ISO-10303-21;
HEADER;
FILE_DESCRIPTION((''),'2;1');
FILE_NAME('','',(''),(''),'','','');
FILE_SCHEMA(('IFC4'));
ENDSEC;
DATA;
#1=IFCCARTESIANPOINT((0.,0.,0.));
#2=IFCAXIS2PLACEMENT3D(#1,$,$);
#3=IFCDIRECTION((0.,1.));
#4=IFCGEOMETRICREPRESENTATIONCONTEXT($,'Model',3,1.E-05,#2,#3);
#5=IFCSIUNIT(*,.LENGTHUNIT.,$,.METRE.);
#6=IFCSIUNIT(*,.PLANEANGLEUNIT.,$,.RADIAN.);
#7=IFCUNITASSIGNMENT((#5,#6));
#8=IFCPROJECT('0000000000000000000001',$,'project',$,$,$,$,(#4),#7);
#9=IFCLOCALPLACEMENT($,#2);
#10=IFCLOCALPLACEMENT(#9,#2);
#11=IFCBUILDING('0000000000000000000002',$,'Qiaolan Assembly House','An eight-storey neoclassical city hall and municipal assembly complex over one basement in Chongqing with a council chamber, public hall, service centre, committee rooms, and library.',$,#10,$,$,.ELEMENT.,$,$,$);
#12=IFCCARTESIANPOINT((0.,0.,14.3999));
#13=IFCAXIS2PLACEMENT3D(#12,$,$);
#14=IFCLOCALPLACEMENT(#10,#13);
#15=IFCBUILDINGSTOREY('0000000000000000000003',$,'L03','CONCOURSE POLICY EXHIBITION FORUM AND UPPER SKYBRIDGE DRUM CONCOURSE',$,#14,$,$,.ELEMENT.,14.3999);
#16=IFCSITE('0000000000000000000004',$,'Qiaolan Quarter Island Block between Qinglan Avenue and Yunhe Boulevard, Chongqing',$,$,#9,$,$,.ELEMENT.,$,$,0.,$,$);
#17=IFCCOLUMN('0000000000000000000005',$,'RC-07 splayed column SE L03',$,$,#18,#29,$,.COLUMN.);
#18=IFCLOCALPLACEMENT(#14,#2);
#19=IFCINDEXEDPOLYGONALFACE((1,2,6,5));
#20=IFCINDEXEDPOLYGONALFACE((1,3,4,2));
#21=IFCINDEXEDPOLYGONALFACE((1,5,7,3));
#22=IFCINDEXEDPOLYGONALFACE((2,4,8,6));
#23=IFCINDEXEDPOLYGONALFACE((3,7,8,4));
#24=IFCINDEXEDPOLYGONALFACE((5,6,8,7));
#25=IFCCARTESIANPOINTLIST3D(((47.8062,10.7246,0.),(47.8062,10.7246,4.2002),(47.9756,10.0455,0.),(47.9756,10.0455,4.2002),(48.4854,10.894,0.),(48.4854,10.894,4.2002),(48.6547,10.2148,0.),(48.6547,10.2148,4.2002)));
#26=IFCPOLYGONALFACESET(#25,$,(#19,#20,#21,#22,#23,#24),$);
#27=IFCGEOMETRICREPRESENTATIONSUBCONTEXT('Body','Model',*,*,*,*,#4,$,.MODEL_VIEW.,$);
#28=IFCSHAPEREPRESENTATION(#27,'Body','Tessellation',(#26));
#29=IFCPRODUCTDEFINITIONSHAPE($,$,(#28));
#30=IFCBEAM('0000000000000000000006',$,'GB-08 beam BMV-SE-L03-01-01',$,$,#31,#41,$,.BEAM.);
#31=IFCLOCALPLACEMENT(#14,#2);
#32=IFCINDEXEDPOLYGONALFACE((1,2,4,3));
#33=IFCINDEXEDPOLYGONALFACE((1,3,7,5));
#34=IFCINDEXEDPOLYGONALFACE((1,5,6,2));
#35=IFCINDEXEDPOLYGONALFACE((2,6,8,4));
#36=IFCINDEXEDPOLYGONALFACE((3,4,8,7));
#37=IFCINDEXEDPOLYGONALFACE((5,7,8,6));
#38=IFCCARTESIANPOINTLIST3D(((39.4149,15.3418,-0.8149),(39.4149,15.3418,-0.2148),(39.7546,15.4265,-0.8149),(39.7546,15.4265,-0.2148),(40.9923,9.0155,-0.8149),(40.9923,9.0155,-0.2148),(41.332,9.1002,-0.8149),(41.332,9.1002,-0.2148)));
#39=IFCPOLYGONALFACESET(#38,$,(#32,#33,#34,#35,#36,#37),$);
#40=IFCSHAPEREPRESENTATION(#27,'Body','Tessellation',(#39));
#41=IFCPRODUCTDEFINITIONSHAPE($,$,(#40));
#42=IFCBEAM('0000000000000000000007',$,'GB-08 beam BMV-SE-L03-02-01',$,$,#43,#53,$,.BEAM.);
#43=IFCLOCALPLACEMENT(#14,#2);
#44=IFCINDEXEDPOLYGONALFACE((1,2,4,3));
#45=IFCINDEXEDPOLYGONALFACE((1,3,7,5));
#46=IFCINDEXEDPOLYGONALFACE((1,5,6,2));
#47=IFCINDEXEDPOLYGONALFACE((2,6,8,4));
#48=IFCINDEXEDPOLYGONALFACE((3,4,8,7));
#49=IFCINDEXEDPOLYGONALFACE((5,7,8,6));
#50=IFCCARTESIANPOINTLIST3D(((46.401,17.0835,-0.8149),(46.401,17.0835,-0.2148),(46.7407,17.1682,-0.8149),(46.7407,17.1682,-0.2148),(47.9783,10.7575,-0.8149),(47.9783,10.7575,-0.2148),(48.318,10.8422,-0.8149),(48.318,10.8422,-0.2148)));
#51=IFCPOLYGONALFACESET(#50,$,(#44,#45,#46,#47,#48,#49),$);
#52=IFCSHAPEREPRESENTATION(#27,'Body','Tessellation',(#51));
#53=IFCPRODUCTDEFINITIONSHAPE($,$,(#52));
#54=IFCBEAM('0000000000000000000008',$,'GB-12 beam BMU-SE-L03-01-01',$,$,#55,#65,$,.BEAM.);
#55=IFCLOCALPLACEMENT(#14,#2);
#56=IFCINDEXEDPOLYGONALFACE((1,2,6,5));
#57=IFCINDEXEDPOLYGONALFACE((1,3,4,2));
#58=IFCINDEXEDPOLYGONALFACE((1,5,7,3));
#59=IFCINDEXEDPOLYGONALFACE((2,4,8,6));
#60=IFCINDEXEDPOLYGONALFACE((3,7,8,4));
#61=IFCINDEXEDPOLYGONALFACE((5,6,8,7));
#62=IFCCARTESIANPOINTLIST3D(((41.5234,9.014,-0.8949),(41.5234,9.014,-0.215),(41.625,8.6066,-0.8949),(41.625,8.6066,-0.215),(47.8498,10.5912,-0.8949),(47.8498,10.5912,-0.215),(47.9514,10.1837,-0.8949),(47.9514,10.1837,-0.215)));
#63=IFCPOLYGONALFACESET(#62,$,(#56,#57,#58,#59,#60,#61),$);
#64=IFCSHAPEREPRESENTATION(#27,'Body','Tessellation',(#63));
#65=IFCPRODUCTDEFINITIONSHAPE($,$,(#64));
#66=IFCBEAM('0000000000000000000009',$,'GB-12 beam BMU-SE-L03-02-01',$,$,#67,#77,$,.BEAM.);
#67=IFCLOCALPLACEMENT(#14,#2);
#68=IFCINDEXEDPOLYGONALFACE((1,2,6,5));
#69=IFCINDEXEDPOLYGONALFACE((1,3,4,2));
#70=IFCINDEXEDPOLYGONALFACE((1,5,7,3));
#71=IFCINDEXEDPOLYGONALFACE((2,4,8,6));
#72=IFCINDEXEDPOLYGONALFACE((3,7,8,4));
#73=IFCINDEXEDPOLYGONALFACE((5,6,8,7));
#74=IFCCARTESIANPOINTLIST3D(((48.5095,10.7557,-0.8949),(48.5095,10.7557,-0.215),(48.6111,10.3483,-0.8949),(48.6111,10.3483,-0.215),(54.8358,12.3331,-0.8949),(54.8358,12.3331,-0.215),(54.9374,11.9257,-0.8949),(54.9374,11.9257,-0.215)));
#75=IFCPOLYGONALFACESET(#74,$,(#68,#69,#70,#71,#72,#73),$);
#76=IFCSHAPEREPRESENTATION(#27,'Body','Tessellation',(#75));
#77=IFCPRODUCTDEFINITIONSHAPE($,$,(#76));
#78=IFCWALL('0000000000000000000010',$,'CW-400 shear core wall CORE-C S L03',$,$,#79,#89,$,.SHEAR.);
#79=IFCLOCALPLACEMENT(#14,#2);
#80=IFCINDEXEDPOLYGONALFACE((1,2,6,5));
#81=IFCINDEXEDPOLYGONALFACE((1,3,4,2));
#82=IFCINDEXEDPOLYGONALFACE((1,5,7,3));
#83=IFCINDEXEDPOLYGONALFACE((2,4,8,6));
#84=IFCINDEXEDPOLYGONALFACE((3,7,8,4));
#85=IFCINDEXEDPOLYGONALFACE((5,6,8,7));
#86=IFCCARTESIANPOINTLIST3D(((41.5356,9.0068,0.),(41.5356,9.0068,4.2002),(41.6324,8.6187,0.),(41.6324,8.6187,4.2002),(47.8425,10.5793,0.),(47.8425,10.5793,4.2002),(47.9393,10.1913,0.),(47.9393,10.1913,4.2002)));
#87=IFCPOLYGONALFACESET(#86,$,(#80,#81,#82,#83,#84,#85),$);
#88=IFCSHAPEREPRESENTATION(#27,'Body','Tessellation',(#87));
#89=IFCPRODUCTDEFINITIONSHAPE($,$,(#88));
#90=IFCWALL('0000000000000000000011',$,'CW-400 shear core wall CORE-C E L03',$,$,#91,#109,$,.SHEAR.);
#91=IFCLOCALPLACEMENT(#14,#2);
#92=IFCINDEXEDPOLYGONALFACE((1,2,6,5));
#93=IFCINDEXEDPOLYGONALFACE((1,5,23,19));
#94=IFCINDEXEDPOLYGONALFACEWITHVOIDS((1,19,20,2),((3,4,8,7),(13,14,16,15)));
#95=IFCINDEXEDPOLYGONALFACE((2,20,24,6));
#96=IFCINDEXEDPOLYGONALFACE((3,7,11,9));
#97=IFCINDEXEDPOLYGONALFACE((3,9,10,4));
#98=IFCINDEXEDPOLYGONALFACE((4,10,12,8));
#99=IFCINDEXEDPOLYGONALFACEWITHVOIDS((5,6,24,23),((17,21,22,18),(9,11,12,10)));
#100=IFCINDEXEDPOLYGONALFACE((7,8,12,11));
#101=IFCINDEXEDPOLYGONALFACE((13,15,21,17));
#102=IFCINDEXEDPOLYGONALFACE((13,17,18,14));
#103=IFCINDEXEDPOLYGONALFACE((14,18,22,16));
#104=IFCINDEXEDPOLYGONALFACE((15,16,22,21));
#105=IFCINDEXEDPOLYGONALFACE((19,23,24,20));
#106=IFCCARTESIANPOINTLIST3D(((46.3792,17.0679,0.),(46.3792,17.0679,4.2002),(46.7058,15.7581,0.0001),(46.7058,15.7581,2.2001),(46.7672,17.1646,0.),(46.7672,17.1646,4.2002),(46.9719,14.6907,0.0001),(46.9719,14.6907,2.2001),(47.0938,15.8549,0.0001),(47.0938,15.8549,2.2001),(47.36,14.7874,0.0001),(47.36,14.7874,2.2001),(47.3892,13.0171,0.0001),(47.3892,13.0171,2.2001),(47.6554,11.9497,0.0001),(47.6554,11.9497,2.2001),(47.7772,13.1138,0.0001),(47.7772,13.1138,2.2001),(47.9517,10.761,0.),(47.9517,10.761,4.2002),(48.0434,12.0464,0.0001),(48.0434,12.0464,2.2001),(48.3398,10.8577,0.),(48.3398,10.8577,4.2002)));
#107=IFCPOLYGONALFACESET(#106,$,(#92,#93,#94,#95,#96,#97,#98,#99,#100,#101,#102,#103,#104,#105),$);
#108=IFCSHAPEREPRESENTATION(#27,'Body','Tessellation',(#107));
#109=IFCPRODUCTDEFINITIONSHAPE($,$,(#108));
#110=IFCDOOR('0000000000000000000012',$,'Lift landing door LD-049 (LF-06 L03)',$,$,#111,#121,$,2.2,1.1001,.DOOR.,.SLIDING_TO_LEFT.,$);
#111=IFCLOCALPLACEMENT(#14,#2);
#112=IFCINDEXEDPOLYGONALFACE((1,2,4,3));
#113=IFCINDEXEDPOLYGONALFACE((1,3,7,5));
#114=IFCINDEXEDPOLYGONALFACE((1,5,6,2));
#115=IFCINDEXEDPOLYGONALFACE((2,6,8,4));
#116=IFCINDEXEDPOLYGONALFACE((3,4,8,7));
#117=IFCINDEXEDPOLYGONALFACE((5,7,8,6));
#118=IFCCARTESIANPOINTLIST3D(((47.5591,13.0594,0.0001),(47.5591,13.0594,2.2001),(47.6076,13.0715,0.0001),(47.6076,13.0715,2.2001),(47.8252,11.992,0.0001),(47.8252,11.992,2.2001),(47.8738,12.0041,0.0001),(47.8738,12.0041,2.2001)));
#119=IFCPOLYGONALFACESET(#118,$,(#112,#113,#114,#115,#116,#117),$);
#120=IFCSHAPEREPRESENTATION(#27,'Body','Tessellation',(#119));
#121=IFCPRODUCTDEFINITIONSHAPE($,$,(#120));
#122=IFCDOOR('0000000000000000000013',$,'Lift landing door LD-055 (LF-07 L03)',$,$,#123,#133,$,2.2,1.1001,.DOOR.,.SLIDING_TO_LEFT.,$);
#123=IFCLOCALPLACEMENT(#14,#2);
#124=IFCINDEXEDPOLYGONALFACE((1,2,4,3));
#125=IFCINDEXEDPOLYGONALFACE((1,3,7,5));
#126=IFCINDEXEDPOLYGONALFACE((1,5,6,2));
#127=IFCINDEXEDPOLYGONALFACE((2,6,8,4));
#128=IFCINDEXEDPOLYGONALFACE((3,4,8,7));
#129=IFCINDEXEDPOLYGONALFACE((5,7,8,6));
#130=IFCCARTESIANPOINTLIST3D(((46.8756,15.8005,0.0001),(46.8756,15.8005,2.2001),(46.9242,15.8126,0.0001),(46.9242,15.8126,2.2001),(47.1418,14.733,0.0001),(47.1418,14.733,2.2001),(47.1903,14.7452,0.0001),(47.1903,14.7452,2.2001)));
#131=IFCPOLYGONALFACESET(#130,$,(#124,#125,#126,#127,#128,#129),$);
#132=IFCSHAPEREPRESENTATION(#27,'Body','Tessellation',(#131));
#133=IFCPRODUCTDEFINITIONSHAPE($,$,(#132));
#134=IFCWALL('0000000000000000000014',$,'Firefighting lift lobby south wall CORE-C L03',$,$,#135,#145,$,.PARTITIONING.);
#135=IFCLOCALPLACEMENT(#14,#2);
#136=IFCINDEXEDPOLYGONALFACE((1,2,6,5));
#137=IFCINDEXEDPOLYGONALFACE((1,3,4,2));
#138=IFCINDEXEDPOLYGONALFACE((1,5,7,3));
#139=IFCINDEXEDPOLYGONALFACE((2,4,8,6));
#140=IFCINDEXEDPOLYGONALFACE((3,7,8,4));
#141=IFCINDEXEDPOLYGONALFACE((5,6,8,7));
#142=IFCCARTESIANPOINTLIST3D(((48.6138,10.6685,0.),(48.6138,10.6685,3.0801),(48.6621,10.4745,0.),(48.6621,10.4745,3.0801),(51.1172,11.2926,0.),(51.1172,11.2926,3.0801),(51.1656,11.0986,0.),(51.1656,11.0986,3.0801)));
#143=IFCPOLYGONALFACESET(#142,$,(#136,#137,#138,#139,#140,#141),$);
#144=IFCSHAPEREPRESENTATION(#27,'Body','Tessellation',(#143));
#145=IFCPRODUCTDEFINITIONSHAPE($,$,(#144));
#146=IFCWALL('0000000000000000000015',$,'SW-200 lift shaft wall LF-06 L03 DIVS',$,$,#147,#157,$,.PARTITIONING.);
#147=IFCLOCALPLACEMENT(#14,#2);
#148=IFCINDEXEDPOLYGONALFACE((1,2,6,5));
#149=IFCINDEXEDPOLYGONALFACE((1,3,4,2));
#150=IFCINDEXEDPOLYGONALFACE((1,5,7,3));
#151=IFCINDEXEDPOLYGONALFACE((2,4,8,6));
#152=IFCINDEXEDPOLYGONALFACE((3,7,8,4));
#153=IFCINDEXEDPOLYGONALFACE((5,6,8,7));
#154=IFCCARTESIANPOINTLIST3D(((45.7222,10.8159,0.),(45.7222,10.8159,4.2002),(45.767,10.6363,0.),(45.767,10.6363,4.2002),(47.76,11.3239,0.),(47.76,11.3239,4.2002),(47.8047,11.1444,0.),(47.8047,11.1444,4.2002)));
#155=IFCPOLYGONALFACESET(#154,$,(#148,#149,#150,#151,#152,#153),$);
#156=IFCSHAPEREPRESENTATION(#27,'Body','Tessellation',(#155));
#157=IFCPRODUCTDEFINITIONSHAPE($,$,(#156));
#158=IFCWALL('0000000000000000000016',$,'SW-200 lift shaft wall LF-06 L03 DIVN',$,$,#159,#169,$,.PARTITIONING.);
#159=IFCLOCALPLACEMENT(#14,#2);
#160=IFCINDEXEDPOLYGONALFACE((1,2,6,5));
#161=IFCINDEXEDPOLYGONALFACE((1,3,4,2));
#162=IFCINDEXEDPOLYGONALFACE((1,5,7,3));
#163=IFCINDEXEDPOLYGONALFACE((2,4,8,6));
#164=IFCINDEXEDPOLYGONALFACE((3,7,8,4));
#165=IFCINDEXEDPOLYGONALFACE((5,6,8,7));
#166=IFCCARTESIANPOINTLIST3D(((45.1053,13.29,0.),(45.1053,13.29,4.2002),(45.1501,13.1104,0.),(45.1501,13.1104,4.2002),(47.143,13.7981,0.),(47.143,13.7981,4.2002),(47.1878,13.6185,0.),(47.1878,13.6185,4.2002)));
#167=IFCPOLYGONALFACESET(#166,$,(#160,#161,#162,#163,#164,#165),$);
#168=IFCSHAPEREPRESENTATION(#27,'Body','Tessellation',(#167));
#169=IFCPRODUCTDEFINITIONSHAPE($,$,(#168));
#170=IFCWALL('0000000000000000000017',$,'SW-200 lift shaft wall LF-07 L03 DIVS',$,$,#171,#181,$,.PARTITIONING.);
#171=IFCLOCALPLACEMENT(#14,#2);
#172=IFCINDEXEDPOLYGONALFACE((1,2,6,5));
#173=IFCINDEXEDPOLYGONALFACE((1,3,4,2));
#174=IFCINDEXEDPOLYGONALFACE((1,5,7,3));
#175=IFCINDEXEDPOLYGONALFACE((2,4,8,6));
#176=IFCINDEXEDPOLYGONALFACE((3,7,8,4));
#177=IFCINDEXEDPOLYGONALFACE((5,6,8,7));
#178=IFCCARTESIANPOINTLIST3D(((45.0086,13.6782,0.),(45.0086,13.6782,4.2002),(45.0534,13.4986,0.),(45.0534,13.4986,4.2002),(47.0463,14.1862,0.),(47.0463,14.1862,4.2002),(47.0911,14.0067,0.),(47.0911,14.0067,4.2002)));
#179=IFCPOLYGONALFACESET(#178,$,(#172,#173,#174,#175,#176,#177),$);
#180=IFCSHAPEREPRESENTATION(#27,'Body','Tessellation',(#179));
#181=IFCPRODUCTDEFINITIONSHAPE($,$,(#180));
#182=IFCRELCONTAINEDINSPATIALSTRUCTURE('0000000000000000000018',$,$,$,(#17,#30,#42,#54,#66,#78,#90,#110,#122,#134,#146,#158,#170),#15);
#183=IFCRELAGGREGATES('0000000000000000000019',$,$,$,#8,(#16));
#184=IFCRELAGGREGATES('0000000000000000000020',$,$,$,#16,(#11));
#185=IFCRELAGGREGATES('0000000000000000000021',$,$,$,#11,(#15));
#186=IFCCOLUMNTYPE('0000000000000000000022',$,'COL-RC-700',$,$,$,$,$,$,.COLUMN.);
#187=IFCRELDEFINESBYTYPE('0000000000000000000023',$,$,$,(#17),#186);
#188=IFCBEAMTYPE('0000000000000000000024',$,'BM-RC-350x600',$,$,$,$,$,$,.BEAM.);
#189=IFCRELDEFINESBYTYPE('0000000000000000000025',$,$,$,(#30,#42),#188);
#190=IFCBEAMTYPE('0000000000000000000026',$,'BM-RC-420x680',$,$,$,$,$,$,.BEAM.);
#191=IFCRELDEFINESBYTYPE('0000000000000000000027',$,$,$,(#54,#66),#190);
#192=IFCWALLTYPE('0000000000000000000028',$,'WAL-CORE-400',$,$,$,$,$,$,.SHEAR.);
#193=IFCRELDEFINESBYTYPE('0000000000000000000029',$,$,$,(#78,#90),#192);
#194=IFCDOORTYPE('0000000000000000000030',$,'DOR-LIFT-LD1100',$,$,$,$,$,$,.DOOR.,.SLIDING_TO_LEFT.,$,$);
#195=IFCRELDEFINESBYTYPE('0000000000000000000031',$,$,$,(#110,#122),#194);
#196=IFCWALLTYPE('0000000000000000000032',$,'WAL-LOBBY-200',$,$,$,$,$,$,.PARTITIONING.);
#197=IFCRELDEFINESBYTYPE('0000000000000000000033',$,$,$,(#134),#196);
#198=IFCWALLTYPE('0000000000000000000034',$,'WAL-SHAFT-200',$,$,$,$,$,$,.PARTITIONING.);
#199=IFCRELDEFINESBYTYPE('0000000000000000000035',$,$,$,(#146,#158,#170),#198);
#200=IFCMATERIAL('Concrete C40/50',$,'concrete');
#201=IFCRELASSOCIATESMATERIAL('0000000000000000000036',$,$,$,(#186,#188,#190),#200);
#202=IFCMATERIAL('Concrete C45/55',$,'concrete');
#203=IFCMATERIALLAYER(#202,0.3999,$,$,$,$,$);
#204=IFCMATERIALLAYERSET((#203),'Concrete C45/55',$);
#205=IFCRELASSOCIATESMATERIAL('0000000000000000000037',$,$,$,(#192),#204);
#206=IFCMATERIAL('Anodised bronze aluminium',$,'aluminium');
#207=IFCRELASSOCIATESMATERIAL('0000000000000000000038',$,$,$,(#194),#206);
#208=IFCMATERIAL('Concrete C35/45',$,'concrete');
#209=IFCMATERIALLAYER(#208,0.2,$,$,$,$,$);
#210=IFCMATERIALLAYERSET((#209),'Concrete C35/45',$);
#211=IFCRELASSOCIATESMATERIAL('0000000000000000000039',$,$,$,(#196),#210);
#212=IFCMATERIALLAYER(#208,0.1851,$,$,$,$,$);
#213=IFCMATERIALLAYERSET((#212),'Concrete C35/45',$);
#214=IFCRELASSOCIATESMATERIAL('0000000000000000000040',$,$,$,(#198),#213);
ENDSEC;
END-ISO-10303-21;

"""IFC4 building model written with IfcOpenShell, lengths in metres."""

from ifc_helpers import new_model, si_unit, direction, frame, frame_2d, origin, origin_2d, place, context, subcontext, project, spatial, rectangle, extrude, material, layer, layer_set, material_profile, profile_set, type_object, element, fill, save


model = new_model("IFC4")

# Units and contexts
model_context = context("Model", 3, precision=1e-05, world=origin(), true_north=direction((0.0, 1.0)))
body_context = subcontext(model_context, "Body", "Model", "MODEL_VIEW")
ifc_project = project(units=[si_unit("LENGTHUNIT", "METRE"), si_unit("PLANEANGLEUNIT", "RADIAN")], contexts=[model_context])

# Site, building, storey
site_placement = place(None, origin())
site = spatial("IfcSite", under=ifc_project, at=site_placement, Name="Qiaolan Quarter Island Block between Qinglan Avenue and Yunhe Boulevard, Chongqing", CompositionType="ELEMENT", RefElevation=0.0)
building_placement = place(site_placement, origin())
building = spatial("IfcBuilding", under=site, at=building_placement, Name="Qiaolan Assembly House", Description="An eight-storey neoclassical city hall and municipal assembly complex over one basement in Chongqing with a council chamber, public hall, service centre, committee rooms, and library.", CompositionType="ELEMENT")
storey_placement = place(building_placement, frame((0.0, 0.0, 14.3999)))
storey = spatial("IfcBuildingStorey", under=building, at=storey_placement, Name="L03", Description="CONCOURSE POLICY EXHIBITION FORUM AND UPPER SKYBRIDGE DRUM CONCOURSE", CompositionType="ELEMENT", Elevation=14.3999)

# Column
ifc_material_1 = material(Name="Concrete C40/50", Category="concrete")
ifc_material_profile_1 = material_profile(ifc_material_1, rectangle(XDim=0.7, YDim=0.7, at=origin_2d()), Name="RC 700x700")
ifc_profile_set_1 = profile_set([ifc_material_profile_1], Name="Concrete C40/50")
column_type = type_object("IfcColumnType", Name="COL-RC-700", PredefinedType="COLUMN", material=ifc_profile_set_1)
column_placement = place(storey_placement, frame((48.2305, 10.4697, 0.0), z_axis=(0.0, 0.0, 1.0), x_axis=(0.970296, 0.241922, 0.0)))
element("IfcColumn", 1, at=column_placement, inside=storey, type_object=column_type, Name="RC-07 splayed column SE L03", PredefinedType="COLUMN", context=body_context, shape_type="SweptSolid", body=[
    extrude(rectangle(XDim=0.7, YDim=0.7, at=origin_2d()), origin(), (0.0, 0.0, 1.0), 4.2002),
])

# Beams
ifc_material_profile_2 = material_profile(ifc_material_1, rectangle(XDim=0.3501, YDim=0.6001, at=origin_2d()), Name="RCB 350x600")
ifc_profile_set_2 = profile_set([ifc_material_profile_2], Name="Concrete C40/50")
beam_type_1 = type_object("IfcBeamType", Name="BM-RC-350x600", PredefinedType="BEAM", material=ifc_profile_set_2)
beam_1_placement = place(storey_placement, frame((41.1621, 9.0579, -0.5149), z_axis=(-0.241928, 0.970294, 0.0), x_axis=(-0.970294, -0.241928, 0.0)))
element("IfcBeam", 2, at=beam_1_placement, inside=storey, type_object=beam_type_1, Name="GB-08 beam BMV-SE-L03-01-01", PredefinedType="BEAM", context=body_context, shape_type="SweptSolid", body=[
    extrude(rectangle(XDim=0.3501, YDim=0.6001, at=origin_2d()), origin(), (0.0, 0.0, 1.0), 6.52),
])
beam_2_placement = place(storey_placement, frame((48.1482, 10.7998, -0.5149), z_axis=(-0.241936, 0.970292, 0.0), x_axis=(-0.970292, -0.241936, 0.0)))
element("IfcBeam", 3, at=beam_2_placement, inside=storey, type_object=beam_type_1, Name="GB-08 beam BMV-SE-L03-02-01", PredefinedType="BEAM", context=body_context, shape_type="SweptSolid", body=[
    extrude(rectangle(XDim=0.3501, YDim=0.6001, at=origin_2d()), origin(), (0.0, 0.0, 1.0), 6.5198),
])
ifc_material_profile_3 = material_profile(ifc_material_1, rectangle(XDim=0.4199, YDim=0.6799, at=origin_2d()), Name="RCB 420x680")
ifc_profile_set_3 = profile_set([ifc_material_profile_3], Name="Concrete C40/50")
beam_type_2 = type_object("IfcBeamType", Name="BM-RC-420x680", PredefinedType="BEAM", material=ifc_profile_set_3)
for number, where, z_axis, x_axis, name in (
    (4, (41.5742, 8.8103, -0.5549), (0.970303, 0.241892, 0.0), (-0.241892, 0.970303, 0.0), "GB-12 beam BMU-SE-L03-01-01"),
    (5, (48.5603, 10.552, -0.5549), (0.970294, 0.241928, 0.0), (-0.241928, 0.970294, 0.0), "GB-12 beam BMU-SE-L03-02-01"),
):
    element("IfcBeam", number, at=place(storey_placement, frame(where, z_axis=z_axis, x_axis=x_axis)), inside=storey, type_object=beam_type_2, Name=name, PredefinedType="BEAM", context=body_context, shape_type="SweptSolid", body=[
        extrude(rectangle(XDim=0.4199, YDim=0.6799, at=origin_2d()), origin(), (0.0, 0.0, 1.0), 6.52),
    ])

# Wall
ifc_material_2 = material(Name="Concrete C45/55", Category="concrete")
ifc_layer_1 = layer(ifc_material_2, 0.3999)
ifc_layer_set_1 = layer_set([ifc_layer_1], Name="Concrete C45/55")
wall_type_1 = type_object("IfcWallType", Name="WAL-CORE-400", PredefinedType="SHEAR", material=ifc_layer_set_1)
wall_1_placement = place(storey_placement, frame((41.584, 8.8127, 0.0), z_axis=(0.0, 0.0, 1.0), x_axis=(0.970295, 0.241926, 0.0)))
element("IfcWall", 6, at=wall_1_placement, inside=storey, type_object=wall_type_1, Name="CW-400 shear core wall CORE-C S L03", PredefinedType="SHEAR", context=body_context, shape_type="SweptSolid", body=[
    extrude(rectangle(XDim=6.5, YDim=0.3999, at=frame_2d((3.25, 0.0))), origin(), (0.0, 0.0, 1.0), 4.2002),
])

# Wall, openings, doors
wall_2_placement = place(storey_placement, frame((48.1458, 10.8093, 0.0), z_axis=(0.0, 0.0, 1.0), x_axis=(-0.241926, 0.970295, 0.0)))
wall_2 = element("IfcWall", 7, at=wall_2_placement, inside=storey, type_object=wall_type_1, Name="CW-400 shear core wall CORE-C E L03", PredefinedType="SHEAR", context=body_context, shape_type="SweptSolid", body=[
    extrude(rectangle(XDim=6.5, YDim=0.3999, at=frame_2d((3.25, 0.0))), origin(), (0.0, 0.0, 1.0), 4.2002),
])
opening_1_placement = place(wall_2_placement, frame((1.2251, 0.0, 0.0)))
opening_1 = element("IfcOpeningElement", 8, at=opening_1_placement, cuts=wall_2, PredefinedType="OPENING", context=body_context, shape_type="SweptSolid", body=[
    extrude(rectangle(XDim=1.1001, YDim=2.2, at=frame_2d((0.55, 1.1001))), frame((0.0, 0.21, 0.0), z_axis=(0.0, -1.0, 0.0), x_axis=(1.0, 0.0, 0.0)), (0.0, 0.0, 1.0), 0.4199),
])
opening_2_placement = place(wall_2_placement, frame((4.05, 0.0, 0.0)))
opening_2 = element("IfcOpeningElement", 9, at=opening_2_placement, cuts=wall_2, PredefinedType="OPENING", context=body_context, shape_type="SweptSolid", body=[
    extrude(rectangle(XDim=1.1001, YDim=2.2, at=frame_2d((0.55, 1.1001))), frame((0.0, 0.21, 0.0), z_axis=(0.0, -1.0, 0.0), x_axis=(1.0, 0.0, 0.0)), (0.0, 0.0, 1.0), 0.4199),
])
ifc_material_3 = material(Name="Anodised bronze aluminium", Category="aluminium")
door_type = type_object("IfcDoorType", Name="DOR-LIFT-LD1100", OperationType="SLIDING_TO_LEFT", PredefinedType="DOOR", material=ifc_material_3)
door_1_placement = place(opening_1_placement, origin())
door_1 = element("IfcDoor", 10, at=door_1_placement, inside=storey, type_object=door_type, Name="Lift landing door LD-049 (LF-06 L03)", OperationType="SLIDING_TO_LEFT", OverallHeight=2.2, OverallWidth=1.1001, PredefinedType="DOOR", context=body_context, shape_type="SweptSolid", body=[
    extrude(rectangle(XDim=1.1001, YDim=2.2, at=frame_2d((0.55, 1.1001))), frame((0.0, 0.0249, 0.0), z_axis=(0.0, -1.0, 0.0), x_axis=(1.0, 0.0, 0.0)), (0.0, 0.0, 1.0), 0.05),
])
fill(opening_1, door_1)
door_2_placement = place(opening_2_placement, origin())
door_2 = element("IfcDoor", 11, at=door_2_placement, inside=storey, type_object=door_type, Name="Lift landing door LD-055 (LF-07 L03)", OperationType="SLIDING_TO_LEFT", OverallHeight=2.2, OverallWidth=1.1001, PredefinedType="DOOR", context=body_context, shape_type="SweptSolid", body=[
    extrude(rectangle(XDim=1.1001, YDim=2.2, at=frame_2d((0.55, 1.1001))), frame((0.0, 0.0249, 0.0), z_axis=(0.0, -1.0, 0.0), x_axis=(1.0, 0.0, 0.0)), (0.0, 0.0, 1.0), 0.05),
])
fill(opening_2, door_2)

# Walls
ifc_material_4 = material(Name="Concrete C35/45", Category="concrete")
ifc_layer_2 = layer(ifc_material_4, 0.2)
ifc_layer_set_2 = layer_set([ifc_layer_2], Name="Concrete C35/45")
wall_type_2 = type_object("IfcWallType", Name="WAL-LOBBY-200", PredefinedType="PARTITIONING", material=ifc_layer_set_2)
wall_3_placement = place(storey_placement, frame((48.6379, 10.5715, 0.0), z_axis=(0.0, 0.0, 1.0), x_axis=(0.970309, 0.241868, 0.0)))
element("IfcWall", 12, at=wall_3_placement, inside=storey, type_object=wall_type_2, Name="Firefighting lift lobby south wall CORE-C L03", PredefinedType="PARTITIONING", context=body_context, shape_type="SweptSolid", body=[
    extrude(rectangle(XDim=2.5801, YDim=0.2, at=frame_2d((1.29, 0.0))), origin(), (0.0, 0.0, 1.0), 3.0801),
])
ifc_layer_3 = layer(ifc_material_4, 0.1851)
ifc_layer_set_3 = layer_set([ifc_layer_3], Name="Concrete C35/45")
wall_type_3 = type_object("IfcWallType", Name="WAL-SHAFT-200", PredefinedType="PARTITIONING", material=ifc_layer_set_3)
for number, where, z_axis, x_axis, name in (
    (13, (45.7446, 10.7261, 0.0), (0.0, 0.0, 1.0), (0.970293, 0.241934, 0.0), "SW-200 lift shaft wall LF-06 L03 DIVS"),
    (14, (45.1277, 13.2002, 0.0), (0.0, 0.0, 1.0), (0.970293, 0.241934, 0.0), "SW-200 lift shaft wall LF-06 L03 DIVN"),
    (15, (45.031, 13.5884, 0.0), (0.0, 0.0, 1.0), (0.970293, 0.241934, 0.0), "SW-200 lift shaft wall LF-07 L03 DIVS"),
):
    element("IfcWall", number, at=place(storey_placement, frame(where, z_axis=z_axis, x_axis=x_axis)), inside=storey, type_object=wall_type_3, Name=name, PredefinedType="PARTITIONING", context=body_context, shape_type="SweptSolid", body=[
        extrude(rectangle(XDim=2.1001, YDim=0.1851, at=frame_2d((1.05, 0.0))), origin(), (0.0, 0.0, 1.0), 4.2002),
    ])

save(model, "model.ifc")
